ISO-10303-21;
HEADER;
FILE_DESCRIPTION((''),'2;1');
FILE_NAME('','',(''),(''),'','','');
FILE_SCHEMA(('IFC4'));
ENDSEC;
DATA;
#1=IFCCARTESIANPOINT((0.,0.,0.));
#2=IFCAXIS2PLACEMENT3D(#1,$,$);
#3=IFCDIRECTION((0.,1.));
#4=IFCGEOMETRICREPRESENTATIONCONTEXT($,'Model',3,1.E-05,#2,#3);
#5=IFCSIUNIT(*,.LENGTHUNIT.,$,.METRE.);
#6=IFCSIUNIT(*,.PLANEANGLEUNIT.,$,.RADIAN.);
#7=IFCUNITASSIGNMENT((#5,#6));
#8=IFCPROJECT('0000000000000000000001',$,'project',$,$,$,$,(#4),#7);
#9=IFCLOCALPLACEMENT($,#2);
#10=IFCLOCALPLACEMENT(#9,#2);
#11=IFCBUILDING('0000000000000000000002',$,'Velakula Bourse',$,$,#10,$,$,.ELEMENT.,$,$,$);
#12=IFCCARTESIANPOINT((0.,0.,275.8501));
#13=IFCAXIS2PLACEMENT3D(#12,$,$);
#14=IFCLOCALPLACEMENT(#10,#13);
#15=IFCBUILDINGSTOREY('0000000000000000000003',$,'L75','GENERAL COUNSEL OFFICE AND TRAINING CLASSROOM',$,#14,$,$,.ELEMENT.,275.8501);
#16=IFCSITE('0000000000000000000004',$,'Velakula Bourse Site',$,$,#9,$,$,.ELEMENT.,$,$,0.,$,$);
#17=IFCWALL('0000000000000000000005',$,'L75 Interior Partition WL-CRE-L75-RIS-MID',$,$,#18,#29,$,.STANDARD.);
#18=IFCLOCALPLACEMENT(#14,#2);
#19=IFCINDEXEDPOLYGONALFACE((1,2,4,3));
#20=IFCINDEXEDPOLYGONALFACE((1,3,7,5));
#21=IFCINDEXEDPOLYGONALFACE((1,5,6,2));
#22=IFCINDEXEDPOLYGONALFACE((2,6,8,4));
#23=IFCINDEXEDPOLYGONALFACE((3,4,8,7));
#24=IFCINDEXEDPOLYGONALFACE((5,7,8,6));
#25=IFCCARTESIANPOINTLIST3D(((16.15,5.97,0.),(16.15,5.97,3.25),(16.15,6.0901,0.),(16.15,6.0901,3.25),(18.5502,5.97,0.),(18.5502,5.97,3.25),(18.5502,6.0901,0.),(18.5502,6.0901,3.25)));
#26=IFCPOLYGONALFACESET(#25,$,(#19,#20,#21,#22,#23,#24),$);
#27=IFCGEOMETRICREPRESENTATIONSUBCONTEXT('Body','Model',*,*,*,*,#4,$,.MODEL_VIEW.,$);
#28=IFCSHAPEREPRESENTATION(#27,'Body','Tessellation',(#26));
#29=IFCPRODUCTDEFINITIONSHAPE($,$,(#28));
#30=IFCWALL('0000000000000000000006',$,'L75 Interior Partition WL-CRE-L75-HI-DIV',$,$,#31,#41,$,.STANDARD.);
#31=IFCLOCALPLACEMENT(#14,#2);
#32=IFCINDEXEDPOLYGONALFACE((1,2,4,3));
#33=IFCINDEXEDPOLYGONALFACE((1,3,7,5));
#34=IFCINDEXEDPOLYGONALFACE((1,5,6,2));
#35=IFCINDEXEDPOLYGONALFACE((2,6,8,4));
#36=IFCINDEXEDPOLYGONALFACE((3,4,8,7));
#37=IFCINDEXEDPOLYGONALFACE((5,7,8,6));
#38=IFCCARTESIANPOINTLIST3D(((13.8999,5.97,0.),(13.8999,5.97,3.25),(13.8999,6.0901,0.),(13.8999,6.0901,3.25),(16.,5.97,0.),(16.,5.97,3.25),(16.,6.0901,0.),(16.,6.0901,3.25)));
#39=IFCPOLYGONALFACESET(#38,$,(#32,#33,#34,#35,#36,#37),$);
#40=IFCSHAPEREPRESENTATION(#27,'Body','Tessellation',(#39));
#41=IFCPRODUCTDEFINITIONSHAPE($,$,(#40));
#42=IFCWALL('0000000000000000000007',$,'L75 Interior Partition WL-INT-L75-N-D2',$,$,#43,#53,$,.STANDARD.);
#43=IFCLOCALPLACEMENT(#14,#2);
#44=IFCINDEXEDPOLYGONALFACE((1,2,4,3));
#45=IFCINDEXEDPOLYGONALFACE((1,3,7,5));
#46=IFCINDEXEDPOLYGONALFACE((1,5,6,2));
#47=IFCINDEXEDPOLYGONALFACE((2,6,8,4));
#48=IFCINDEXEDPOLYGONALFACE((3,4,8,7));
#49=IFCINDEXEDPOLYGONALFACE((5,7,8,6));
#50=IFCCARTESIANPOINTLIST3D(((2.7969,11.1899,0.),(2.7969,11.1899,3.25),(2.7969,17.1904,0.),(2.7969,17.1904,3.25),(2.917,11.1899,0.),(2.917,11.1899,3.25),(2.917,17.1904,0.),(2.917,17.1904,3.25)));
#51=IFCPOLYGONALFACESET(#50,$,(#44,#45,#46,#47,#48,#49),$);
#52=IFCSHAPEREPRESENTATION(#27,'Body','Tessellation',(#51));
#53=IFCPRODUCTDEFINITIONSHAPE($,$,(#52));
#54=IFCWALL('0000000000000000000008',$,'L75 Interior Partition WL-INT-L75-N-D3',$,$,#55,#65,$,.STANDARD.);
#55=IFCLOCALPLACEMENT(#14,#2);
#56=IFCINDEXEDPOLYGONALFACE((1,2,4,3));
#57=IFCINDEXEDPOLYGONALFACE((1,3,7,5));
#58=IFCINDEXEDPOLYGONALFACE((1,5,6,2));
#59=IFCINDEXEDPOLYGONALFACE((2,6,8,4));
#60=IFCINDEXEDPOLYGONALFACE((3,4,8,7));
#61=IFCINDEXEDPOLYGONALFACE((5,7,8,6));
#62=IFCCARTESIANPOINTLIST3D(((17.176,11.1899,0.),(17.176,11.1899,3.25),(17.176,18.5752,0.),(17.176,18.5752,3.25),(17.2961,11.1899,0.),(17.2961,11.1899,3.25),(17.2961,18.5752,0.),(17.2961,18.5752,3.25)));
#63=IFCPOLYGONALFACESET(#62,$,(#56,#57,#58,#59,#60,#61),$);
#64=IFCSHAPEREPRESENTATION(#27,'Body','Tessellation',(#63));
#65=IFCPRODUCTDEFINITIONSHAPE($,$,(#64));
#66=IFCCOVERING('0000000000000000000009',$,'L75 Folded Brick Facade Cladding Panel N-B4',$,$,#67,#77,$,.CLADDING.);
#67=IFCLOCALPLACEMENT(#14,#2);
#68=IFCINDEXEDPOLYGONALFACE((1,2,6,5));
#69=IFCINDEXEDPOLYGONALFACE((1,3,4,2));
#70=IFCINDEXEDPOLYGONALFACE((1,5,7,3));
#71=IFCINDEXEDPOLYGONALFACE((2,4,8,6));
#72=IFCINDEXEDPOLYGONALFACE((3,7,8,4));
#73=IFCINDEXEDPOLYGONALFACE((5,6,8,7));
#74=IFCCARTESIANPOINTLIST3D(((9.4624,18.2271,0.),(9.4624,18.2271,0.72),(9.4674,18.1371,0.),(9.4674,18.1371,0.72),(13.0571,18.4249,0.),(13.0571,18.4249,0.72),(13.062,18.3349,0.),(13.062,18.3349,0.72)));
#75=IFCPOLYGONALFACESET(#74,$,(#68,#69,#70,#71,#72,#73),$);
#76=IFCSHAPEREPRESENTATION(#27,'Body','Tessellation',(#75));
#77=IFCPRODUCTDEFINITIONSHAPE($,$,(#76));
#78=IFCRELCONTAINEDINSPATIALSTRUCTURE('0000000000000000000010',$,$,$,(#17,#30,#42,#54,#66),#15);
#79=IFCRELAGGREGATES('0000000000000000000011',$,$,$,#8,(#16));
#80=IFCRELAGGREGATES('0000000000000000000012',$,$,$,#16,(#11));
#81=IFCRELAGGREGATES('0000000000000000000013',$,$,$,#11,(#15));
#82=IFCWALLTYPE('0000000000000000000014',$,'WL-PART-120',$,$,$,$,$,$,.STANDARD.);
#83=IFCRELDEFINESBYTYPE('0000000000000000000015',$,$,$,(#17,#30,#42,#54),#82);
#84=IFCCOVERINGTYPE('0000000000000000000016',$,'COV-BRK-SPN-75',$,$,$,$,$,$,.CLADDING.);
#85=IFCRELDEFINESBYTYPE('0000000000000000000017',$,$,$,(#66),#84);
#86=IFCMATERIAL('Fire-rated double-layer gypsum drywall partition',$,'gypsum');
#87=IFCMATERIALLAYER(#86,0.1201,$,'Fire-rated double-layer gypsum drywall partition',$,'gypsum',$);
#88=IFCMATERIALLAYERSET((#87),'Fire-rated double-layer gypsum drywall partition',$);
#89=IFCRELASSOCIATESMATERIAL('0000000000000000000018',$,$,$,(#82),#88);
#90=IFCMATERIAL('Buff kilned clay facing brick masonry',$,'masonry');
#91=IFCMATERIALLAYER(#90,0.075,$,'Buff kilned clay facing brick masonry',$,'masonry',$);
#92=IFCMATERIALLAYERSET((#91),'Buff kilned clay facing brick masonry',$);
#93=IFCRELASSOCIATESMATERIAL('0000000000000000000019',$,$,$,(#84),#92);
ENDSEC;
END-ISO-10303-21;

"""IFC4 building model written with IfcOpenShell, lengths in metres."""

from ifc_helpers import new_model, si_unit, direction, frame, frame_2d, origin, origin_2d, place, context, subcontext, project, spatial, rectangle, extrude, material, layer, layer_set, type_object, element, save


model = new_model("IFC4")

# Units and contexts
model_context = context("Model", 3, precision=1e-05, world=origin(), true_north=direction((0.0, 1.0)))
body_context = subcontext(model_context, "Body", "Model", "MODEL_VIEW")
ifc_project = project(units=[si_unit("LENGTHUNIT", "METRE"), si_unit("PLANEANGLEUNIT", "RADIAN")], contexts=[model_context])

# Site, building, storey
site_placement = place(None, origin())
site = spatial("IfcSite", under=ifc_project, at=site_placement, Name="Velakula Bourse Site", CompositionType="ELEMENT", RefElevation=0.0)
building_placement = place(site_placement, origin())
building = spatial("IfcBuilding", under=site, at=building_placement, Name="Velakula Bourse", CompositionType="ELEMENT")
storey_placement = place(building_placement, frame((0.0, 0.0, 275.8501)))
storey = spatial("IfcBuildingStorey", under=building, at=storey_placement, Name="L75", Description="GENERAL COUNSEL OFFICE AND TRAINING CLASSROOM", CompositionType="ELEMENT", Elevation=275.8501)

# Shared definitions
ifc_material_1 = material(Name="Buff kilned clay facing brick masonry", Category="masonry")

# Shared definitions
ifc_material_2 = material(Name="Fire-rated double-layer gypsum drywall partition", Category="gypsum")
ifc_layer_1 = layer(ifc_material_2, 0.1201, Name="Fire-rated double-layer gypsum drywall partition", Category="gypsum")
ifc_layer_set_1 = layer_set([ifc_layer_1], Name="Fire-rated double-layer gypsum drywall partition")
wall_type_1 = type_object("IfcWallType", Name="WL-PART-120", PredefinedType="STANDARD", material=ifc_layer_set_1)

# Walls
wall_1_placement = place(storey_placement, frame((16.1499, 6.03, 0.0), z_axis=(0.0, 0.0, 1.0), x_axis=(1.0, 0.0, 0.0)))
element("IfcWall", 1, at=wall_1_placement, inside=storey, type_object=wall_type_1, Name="L75 Interior Partition WL-CRE-L75-RIS-MID", PredefinedType="STANDARD", context=body_context, shape_type="SweptSolid", body=[
    extrude(rectangle(XDim=2.4001, YDim=0.1201, at=frame_2d((1.2002, 0.0))), origin(), (0.0, 0.0, 1.0), 3.25),
])
wall_2_placement = place(storey_placement, frame((13.8999, 6.03, 0.0), z_axis=(0.0, 0.0, 1.0), x_axis=(1.0, 0.0, 0.0)))
element("IfcWall", 2, at=wall_2_placement, inside=storey, type_object=wall_type_1, Name="L75 Interior Partition WL-CRE-L75-HI-DIV", PredefinedType="STANDARD", context=body_context, shape_type="SweptSolid", body=[
    extrude(rectangle(XDim=2.1001, YDim=0.1201, at=frame_2d((1.05, 0.0))), origin(), (0.0, 0.0, 1.0), 3.25),
])
wall_3_placement = place(storey_placement, frame((2.8569, 11.1899, 0.0), z_axis=(0.0, 0.0, 1.0), x_axis=(0.0, 1.0, 0.0)))
element("IfcWall", 3, at=wall_3_placement, inside=storey, type_object=wall_type_1, Name="L75 Interior Partition WL-INT-L75-N-D2", PredefinedType="STANDARD", context=body_context, shape_type="SweptSolid", body=[
    extrude(rectangle(XDim=6.0005, YDim=0.1201, at=frame_2d((3.0002, 0.0))), origin(), (0.0, 0.0, 1.0), 3.25),
])
wall_4_placement = place(storey_placement, frame((17.2361, 11.1899, 0.0), z_axis=(0.0, 0.0, 1.0), x_axis=(0.0, 1.0, 0.0)))
element("IfcWall", 4, at=wall_4_placement, inside=storey, type_object=wall_type_1, Name="L75 Interior Partition WL-INT-L75-N-D3", PredefinedType="STANDARD", context=body_context, shape_type="SweptSolid", body=[
    extrude(rectangle(XDim=7.3853, YDim=0.1201, at=frame_2d((3.6926, 0.0))), origin(), (0.0, 0.0, 1.0), 3.25),
])

# Covering
ifc_layer_2 = layer(ifc_material_1, 0.075, Name="Buff kilned clay facing brick masonry", Category="masonry")
ifc_layer_set_2 = layer_set([ifc_layer_2], Name="Buff kilned clay facing brick masonry")
covering_type = type_object("IfcCoveringType", Name="COV-BRK-SPN-75", PredefinedType="CLADDING", material=ifc_layer_set_2)
covering_placement = place(storey_placement, frame((11.2622, 18.281, 0.0), z_axis=(0.0, 0.0, 1.0), x_axis=(0.998489, 0.05495, 0.0)))
element("IfcCovering", 5, at=covering_placement, inside=storey, type_object=covering_type, Name="L75 Folded Brick Facade Cladding Panel N-B4", PredefinedType="CLADDING", context=body_context, shape_type="SweptSolid", body=[
    extrude(rectangle(XDim=3.6001, YDim=0.0901, at=origin_2d()), origin(), (0.0, 0.0, 1.0), 0.72),
])

save(model, "model.ifc")
